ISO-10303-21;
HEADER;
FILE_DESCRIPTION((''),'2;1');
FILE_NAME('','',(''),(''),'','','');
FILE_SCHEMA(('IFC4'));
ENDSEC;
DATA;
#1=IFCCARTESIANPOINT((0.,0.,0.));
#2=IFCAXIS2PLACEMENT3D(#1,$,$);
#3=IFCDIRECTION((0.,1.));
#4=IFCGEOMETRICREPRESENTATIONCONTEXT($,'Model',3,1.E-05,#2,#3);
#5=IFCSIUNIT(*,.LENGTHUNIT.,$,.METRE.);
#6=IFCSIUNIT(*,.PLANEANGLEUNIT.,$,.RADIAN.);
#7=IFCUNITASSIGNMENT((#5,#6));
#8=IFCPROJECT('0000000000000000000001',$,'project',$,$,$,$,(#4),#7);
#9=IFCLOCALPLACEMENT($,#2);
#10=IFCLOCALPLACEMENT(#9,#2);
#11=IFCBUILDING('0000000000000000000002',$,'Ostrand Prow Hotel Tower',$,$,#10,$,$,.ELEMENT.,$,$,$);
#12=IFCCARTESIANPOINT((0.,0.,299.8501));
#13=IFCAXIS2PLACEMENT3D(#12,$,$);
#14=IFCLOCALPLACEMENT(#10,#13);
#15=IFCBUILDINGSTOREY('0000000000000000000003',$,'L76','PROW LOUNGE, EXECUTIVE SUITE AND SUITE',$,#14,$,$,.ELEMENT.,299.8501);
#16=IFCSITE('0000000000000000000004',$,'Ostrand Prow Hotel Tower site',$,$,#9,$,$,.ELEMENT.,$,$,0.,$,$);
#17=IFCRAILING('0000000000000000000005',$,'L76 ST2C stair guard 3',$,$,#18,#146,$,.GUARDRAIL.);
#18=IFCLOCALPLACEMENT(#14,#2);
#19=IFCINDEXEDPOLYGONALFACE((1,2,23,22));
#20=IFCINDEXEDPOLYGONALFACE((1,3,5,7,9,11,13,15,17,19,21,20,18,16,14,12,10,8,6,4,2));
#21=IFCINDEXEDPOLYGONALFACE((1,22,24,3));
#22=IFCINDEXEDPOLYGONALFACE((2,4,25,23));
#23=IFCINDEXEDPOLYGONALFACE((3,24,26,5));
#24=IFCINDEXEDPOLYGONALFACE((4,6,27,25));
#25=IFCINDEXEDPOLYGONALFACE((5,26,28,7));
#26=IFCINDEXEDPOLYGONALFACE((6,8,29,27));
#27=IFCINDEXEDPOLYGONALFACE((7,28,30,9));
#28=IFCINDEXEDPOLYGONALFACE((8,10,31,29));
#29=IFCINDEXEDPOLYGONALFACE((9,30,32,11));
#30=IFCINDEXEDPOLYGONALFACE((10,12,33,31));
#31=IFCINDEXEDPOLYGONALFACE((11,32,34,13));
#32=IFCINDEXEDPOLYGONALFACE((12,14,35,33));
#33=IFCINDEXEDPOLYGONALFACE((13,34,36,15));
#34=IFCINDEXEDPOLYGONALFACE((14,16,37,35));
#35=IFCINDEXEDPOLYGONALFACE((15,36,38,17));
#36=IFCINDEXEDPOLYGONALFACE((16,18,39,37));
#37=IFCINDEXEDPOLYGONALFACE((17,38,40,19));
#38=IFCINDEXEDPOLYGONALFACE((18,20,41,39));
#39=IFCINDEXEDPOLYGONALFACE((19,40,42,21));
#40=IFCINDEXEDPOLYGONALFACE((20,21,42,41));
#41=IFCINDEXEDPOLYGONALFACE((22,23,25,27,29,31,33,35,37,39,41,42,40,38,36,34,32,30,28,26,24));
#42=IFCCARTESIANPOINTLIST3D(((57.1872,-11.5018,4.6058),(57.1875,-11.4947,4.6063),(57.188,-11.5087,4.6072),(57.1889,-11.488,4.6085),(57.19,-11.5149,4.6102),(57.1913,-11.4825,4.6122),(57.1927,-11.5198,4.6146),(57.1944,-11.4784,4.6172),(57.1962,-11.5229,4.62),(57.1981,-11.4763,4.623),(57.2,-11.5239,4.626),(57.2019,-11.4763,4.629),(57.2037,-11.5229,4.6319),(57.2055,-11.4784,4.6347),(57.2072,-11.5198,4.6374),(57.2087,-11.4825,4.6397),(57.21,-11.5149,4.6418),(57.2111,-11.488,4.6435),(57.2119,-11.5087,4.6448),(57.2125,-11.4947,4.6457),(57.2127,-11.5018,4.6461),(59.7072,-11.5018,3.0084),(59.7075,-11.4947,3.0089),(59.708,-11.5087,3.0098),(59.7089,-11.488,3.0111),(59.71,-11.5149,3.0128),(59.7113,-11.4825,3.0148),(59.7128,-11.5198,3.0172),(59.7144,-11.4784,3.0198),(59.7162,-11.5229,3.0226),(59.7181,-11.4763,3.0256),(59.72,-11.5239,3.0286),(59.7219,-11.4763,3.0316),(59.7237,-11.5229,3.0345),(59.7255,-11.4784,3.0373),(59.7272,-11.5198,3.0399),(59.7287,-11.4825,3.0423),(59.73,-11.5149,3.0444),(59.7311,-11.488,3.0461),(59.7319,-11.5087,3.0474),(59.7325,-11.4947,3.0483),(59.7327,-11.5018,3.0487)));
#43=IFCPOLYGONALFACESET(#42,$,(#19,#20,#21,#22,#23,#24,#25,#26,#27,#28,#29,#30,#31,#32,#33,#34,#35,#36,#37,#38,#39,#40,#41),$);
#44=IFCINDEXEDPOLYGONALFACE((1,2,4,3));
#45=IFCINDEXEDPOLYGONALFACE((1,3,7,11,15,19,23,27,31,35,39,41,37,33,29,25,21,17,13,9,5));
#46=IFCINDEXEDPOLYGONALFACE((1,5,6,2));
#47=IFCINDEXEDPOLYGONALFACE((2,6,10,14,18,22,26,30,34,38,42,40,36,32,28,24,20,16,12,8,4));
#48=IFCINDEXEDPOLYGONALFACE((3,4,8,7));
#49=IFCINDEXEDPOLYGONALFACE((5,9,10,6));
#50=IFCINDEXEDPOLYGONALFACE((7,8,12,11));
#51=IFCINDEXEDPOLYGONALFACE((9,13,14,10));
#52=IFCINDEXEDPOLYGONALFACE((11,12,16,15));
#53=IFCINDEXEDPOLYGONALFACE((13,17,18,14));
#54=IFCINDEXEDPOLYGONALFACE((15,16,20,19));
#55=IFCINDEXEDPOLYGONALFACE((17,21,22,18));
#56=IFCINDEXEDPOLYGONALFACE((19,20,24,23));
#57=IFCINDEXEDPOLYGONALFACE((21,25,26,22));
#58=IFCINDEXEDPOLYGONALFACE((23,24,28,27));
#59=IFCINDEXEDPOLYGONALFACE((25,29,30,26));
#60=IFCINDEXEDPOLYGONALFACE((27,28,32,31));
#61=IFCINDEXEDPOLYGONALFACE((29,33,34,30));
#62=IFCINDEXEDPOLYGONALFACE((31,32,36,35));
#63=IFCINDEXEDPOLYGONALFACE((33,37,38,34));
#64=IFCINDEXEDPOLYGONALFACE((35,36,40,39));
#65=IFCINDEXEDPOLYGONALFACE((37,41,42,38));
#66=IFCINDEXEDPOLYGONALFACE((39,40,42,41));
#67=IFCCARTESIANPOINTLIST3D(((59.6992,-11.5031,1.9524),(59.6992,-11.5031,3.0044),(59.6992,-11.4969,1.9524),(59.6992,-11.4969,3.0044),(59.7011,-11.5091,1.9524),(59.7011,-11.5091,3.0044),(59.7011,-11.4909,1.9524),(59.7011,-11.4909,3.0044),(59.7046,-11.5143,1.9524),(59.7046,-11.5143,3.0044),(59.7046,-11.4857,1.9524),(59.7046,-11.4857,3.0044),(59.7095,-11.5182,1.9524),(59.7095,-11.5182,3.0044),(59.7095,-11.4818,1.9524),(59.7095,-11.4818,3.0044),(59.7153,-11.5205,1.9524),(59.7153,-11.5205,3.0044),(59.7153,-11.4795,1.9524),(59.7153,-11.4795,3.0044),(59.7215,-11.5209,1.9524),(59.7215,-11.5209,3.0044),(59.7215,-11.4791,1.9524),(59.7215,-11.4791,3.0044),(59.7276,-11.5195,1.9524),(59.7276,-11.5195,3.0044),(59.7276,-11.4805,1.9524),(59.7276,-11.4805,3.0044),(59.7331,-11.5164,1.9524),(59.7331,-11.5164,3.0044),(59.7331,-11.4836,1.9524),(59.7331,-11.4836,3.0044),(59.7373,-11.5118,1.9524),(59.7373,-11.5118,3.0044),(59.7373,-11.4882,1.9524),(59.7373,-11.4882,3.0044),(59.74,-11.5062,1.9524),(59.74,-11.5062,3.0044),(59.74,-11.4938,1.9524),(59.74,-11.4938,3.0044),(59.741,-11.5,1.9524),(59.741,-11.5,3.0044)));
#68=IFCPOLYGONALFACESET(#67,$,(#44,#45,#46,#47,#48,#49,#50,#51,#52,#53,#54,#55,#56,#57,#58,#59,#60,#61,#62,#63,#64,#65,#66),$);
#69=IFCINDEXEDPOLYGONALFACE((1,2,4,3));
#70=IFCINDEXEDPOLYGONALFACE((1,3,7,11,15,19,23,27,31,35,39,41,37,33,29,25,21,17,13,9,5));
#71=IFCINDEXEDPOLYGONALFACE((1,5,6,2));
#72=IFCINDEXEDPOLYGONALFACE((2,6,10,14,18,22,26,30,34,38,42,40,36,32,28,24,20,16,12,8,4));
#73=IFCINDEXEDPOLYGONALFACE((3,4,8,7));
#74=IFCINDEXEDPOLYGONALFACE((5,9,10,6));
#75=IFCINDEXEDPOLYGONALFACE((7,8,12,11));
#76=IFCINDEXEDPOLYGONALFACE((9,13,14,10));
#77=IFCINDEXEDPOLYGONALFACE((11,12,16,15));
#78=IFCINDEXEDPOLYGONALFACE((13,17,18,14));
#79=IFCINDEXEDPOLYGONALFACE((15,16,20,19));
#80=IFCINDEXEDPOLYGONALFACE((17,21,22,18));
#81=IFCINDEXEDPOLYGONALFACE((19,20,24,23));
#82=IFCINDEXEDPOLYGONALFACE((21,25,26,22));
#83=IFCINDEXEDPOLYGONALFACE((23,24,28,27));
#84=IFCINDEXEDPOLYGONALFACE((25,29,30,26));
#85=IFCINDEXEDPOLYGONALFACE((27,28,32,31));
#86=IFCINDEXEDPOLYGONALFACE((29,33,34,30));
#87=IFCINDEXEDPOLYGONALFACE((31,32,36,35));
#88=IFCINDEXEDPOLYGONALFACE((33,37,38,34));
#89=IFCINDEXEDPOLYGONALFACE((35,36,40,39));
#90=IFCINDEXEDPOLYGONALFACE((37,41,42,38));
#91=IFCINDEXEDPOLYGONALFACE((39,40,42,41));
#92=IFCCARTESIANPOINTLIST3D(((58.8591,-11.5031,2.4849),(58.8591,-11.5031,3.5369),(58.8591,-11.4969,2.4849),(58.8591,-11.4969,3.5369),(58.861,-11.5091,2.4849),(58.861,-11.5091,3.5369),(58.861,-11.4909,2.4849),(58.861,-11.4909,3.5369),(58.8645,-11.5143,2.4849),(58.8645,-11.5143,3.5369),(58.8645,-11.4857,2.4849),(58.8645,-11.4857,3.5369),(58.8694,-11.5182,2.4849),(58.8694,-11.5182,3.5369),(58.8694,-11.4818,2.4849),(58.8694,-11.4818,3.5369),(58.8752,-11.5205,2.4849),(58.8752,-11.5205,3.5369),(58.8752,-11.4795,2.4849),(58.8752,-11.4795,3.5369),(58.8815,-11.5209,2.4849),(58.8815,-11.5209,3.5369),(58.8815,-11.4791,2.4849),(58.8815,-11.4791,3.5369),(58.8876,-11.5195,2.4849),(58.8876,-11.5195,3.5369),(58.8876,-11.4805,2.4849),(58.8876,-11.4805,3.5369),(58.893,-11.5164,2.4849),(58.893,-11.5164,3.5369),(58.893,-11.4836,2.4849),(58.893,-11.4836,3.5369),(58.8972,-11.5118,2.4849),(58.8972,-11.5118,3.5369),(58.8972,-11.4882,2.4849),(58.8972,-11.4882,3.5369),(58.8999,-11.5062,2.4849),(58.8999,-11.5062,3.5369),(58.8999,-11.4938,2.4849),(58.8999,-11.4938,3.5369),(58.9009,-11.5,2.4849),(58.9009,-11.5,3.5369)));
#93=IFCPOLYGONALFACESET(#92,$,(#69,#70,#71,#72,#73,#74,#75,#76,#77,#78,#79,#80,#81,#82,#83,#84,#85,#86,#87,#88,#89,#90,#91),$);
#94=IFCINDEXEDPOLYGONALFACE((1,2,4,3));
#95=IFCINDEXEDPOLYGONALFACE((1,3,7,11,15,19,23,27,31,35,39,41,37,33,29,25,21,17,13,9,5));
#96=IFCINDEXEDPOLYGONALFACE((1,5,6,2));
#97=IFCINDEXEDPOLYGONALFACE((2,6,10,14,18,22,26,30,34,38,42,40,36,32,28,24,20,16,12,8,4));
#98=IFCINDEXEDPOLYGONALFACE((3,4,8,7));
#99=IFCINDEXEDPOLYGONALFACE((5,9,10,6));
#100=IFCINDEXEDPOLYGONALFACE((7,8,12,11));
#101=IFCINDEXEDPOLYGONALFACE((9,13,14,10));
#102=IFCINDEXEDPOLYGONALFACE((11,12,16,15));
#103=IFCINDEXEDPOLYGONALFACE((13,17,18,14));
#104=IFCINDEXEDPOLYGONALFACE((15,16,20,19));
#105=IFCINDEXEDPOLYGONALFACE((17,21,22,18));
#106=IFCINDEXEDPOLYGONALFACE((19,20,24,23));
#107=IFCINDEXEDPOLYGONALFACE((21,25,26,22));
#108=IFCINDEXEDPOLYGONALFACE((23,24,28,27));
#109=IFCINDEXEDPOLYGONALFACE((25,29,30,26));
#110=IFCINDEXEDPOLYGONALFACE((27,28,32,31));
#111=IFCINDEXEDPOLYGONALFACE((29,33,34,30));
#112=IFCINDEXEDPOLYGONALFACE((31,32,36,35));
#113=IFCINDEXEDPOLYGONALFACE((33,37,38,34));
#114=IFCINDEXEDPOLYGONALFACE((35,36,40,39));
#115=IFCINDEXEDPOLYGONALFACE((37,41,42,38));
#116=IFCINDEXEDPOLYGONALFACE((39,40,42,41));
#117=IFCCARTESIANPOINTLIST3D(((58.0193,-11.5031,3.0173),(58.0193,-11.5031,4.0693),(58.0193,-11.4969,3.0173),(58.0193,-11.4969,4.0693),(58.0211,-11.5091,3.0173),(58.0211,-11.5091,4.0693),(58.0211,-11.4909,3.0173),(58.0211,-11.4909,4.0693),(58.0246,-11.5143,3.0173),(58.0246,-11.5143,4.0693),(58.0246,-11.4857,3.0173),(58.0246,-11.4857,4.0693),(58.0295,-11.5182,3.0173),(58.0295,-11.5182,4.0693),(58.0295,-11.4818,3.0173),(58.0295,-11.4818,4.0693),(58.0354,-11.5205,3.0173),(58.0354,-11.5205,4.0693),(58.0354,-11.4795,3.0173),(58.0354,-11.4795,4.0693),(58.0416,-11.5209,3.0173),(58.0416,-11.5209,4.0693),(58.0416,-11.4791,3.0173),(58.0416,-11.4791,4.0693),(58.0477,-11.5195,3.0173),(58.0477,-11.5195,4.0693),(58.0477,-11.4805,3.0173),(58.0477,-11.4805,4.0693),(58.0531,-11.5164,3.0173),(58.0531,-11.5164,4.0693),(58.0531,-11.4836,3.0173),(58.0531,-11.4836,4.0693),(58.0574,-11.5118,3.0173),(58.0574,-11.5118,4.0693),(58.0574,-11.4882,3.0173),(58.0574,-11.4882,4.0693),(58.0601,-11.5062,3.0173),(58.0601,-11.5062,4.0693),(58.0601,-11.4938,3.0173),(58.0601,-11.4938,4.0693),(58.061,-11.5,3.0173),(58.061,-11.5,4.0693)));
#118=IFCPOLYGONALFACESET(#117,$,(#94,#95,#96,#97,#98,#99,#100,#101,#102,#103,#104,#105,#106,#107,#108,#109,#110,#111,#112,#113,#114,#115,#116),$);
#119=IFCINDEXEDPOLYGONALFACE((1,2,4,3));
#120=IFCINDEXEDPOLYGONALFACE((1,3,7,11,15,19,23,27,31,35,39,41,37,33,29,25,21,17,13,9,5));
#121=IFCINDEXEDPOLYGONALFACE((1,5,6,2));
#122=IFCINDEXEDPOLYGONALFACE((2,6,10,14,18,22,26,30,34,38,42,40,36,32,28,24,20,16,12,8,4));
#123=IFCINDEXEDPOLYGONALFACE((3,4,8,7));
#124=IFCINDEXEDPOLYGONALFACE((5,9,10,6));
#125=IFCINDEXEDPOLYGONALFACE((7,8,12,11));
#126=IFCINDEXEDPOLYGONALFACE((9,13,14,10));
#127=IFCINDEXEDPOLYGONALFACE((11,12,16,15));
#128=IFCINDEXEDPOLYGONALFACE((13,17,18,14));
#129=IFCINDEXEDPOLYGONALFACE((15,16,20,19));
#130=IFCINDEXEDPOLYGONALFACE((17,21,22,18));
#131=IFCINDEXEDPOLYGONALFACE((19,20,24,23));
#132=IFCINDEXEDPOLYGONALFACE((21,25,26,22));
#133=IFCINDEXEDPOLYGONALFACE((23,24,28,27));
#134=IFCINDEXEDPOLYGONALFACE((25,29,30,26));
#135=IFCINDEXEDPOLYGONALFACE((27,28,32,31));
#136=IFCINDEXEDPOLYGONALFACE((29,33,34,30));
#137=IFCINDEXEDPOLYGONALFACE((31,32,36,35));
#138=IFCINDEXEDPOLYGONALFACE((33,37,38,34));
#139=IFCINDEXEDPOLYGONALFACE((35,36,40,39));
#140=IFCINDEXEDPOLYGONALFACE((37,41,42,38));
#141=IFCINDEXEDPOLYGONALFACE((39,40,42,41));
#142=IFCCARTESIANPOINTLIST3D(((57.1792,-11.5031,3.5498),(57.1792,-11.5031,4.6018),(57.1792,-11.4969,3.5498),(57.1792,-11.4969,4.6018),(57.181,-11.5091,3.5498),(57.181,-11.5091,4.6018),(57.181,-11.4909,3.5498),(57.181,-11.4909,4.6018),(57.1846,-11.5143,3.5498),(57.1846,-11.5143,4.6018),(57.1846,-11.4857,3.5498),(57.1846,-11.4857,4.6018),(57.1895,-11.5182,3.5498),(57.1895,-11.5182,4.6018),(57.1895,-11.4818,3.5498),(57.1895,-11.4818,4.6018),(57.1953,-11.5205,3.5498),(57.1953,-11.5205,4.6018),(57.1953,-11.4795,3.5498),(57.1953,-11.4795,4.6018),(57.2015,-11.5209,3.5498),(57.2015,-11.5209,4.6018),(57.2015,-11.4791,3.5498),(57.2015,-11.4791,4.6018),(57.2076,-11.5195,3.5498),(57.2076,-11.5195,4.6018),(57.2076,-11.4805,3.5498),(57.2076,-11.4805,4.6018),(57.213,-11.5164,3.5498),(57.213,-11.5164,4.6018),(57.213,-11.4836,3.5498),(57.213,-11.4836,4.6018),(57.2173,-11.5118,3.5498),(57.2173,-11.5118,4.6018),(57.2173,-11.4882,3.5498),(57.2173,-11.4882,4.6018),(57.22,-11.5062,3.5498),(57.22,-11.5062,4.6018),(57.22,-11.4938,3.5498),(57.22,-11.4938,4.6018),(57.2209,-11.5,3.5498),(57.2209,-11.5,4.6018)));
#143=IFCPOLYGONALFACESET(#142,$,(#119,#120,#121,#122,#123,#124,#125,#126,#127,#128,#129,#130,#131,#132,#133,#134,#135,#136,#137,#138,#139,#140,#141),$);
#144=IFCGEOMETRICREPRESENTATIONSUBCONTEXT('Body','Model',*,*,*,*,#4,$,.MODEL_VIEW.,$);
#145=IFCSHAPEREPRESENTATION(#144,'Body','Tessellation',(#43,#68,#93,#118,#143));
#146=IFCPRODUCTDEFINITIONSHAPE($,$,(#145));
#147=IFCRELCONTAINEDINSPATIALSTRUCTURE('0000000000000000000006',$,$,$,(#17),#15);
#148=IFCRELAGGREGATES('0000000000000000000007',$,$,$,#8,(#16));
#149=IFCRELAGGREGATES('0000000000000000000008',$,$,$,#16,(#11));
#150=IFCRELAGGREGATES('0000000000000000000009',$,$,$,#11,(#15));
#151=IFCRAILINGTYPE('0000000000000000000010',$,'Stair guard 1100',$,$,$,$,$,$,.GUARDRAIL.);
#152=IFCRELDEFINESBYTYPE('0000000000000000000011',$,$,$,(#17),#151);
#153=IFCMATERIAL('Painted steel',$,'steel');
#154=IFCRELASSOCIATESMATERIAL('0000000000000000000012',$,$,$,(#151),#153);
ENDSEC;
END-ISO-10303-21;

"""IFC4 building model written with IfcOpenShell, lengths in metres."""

from ifc_helpers import new_model, si_unit, direction, frame, origin, origin_2d, place, context, subcontext, project, spatial, circle, extrude, material, type_object, element, save


model = new_model("IFC4")

# Units and contexts
model_context = context("Model", 3, precision=1e-05, world=origin(), true_north=direction((0.0, 1.0)))
body_context = subcontext(model_context, "Body", "Model", "MODEL_VIEW")
ifc_project = project(units=[si_unit("LENGTHUNIT", "METRE"), si_unit("PLANEANGLEUNIT", "RADIAN")], contexts=[model_context])

# Site, building, storey
site_placement = place(None, origin())
site = spatial("IfcSite", under=ifc_project, at=site_placement, Name="Ostrand Prow Hotel Tower site", CompositionType="ELEMENT", RefElevation=0.0)
building_placement = place(site_placement, origin())
building = spatial("IfcBuilding", under=site, at=building_placement, Name="Ostrand Prow Hotel Tower", CompositionType="ELEMENT")
storey_placement = place(building_placement, frame((0.0, 0.0, 299.8501)))
storey = spatial("IfcBuildingStorey", under=building, at=storey_placement, Name="L76", Description="PROW LOUNGE, EXECUTIVE SUITE AND SUITE", CompositionType="ELEMENT", Elevation=299.8501)

# Railing
ifc_material_1 = material(Name="Painted steel", Category="steel")
railing_type_1 = type_object("IfcRailingType", Name="Stair guard 1100", PredefinedType="GUARDRAIL", material=ifc_material_1)
railing_1_placement = place(storey_placement, frame((59.72, -11.5, 1.9524)))
element("IfcRailing", 1, at=railing_1_placement, inside=storey, type_object=railing_type_1, Name="L76 ST2C stair guard 3", PredefinedType="GUARDRAIL", context=body_context, shape_type="SweptSolid", body=[
    extrude(circle(Radius=0.0239, at=origin_2d()), frame((0.0, 0.0, 1.0762), z_axis=(-0.844607, 0.0, 0.535387), x_axis=(0.0, -1.0, 0.0)), (0.0, 0.0, 1.0), 2.9836),
    extrude(circle(Radius=0.021, at=origin_2d()), origin(), (0.0, 0.0, 1.0), 1.052),
    extrude(circle(Radius=0.021, at=origin_2d()), frame((-0.8401, 0.0, 0.5325)), (0.0, 0.0, 1.0), 1.052),
    extrude(circle(Radius=0.021, at=origin_2d()), frame((-1.6799, 0.0, 1.0649)), (0.0, 0.0, 1.0), 1.052),
    extrude(circle(Radius=0.021, at=origin_2d()), frame((-2.52, 0.0, 1.5974)), (0.0, 0.0, 1.0), 1.052),
])

save(model, "model.ifc")
